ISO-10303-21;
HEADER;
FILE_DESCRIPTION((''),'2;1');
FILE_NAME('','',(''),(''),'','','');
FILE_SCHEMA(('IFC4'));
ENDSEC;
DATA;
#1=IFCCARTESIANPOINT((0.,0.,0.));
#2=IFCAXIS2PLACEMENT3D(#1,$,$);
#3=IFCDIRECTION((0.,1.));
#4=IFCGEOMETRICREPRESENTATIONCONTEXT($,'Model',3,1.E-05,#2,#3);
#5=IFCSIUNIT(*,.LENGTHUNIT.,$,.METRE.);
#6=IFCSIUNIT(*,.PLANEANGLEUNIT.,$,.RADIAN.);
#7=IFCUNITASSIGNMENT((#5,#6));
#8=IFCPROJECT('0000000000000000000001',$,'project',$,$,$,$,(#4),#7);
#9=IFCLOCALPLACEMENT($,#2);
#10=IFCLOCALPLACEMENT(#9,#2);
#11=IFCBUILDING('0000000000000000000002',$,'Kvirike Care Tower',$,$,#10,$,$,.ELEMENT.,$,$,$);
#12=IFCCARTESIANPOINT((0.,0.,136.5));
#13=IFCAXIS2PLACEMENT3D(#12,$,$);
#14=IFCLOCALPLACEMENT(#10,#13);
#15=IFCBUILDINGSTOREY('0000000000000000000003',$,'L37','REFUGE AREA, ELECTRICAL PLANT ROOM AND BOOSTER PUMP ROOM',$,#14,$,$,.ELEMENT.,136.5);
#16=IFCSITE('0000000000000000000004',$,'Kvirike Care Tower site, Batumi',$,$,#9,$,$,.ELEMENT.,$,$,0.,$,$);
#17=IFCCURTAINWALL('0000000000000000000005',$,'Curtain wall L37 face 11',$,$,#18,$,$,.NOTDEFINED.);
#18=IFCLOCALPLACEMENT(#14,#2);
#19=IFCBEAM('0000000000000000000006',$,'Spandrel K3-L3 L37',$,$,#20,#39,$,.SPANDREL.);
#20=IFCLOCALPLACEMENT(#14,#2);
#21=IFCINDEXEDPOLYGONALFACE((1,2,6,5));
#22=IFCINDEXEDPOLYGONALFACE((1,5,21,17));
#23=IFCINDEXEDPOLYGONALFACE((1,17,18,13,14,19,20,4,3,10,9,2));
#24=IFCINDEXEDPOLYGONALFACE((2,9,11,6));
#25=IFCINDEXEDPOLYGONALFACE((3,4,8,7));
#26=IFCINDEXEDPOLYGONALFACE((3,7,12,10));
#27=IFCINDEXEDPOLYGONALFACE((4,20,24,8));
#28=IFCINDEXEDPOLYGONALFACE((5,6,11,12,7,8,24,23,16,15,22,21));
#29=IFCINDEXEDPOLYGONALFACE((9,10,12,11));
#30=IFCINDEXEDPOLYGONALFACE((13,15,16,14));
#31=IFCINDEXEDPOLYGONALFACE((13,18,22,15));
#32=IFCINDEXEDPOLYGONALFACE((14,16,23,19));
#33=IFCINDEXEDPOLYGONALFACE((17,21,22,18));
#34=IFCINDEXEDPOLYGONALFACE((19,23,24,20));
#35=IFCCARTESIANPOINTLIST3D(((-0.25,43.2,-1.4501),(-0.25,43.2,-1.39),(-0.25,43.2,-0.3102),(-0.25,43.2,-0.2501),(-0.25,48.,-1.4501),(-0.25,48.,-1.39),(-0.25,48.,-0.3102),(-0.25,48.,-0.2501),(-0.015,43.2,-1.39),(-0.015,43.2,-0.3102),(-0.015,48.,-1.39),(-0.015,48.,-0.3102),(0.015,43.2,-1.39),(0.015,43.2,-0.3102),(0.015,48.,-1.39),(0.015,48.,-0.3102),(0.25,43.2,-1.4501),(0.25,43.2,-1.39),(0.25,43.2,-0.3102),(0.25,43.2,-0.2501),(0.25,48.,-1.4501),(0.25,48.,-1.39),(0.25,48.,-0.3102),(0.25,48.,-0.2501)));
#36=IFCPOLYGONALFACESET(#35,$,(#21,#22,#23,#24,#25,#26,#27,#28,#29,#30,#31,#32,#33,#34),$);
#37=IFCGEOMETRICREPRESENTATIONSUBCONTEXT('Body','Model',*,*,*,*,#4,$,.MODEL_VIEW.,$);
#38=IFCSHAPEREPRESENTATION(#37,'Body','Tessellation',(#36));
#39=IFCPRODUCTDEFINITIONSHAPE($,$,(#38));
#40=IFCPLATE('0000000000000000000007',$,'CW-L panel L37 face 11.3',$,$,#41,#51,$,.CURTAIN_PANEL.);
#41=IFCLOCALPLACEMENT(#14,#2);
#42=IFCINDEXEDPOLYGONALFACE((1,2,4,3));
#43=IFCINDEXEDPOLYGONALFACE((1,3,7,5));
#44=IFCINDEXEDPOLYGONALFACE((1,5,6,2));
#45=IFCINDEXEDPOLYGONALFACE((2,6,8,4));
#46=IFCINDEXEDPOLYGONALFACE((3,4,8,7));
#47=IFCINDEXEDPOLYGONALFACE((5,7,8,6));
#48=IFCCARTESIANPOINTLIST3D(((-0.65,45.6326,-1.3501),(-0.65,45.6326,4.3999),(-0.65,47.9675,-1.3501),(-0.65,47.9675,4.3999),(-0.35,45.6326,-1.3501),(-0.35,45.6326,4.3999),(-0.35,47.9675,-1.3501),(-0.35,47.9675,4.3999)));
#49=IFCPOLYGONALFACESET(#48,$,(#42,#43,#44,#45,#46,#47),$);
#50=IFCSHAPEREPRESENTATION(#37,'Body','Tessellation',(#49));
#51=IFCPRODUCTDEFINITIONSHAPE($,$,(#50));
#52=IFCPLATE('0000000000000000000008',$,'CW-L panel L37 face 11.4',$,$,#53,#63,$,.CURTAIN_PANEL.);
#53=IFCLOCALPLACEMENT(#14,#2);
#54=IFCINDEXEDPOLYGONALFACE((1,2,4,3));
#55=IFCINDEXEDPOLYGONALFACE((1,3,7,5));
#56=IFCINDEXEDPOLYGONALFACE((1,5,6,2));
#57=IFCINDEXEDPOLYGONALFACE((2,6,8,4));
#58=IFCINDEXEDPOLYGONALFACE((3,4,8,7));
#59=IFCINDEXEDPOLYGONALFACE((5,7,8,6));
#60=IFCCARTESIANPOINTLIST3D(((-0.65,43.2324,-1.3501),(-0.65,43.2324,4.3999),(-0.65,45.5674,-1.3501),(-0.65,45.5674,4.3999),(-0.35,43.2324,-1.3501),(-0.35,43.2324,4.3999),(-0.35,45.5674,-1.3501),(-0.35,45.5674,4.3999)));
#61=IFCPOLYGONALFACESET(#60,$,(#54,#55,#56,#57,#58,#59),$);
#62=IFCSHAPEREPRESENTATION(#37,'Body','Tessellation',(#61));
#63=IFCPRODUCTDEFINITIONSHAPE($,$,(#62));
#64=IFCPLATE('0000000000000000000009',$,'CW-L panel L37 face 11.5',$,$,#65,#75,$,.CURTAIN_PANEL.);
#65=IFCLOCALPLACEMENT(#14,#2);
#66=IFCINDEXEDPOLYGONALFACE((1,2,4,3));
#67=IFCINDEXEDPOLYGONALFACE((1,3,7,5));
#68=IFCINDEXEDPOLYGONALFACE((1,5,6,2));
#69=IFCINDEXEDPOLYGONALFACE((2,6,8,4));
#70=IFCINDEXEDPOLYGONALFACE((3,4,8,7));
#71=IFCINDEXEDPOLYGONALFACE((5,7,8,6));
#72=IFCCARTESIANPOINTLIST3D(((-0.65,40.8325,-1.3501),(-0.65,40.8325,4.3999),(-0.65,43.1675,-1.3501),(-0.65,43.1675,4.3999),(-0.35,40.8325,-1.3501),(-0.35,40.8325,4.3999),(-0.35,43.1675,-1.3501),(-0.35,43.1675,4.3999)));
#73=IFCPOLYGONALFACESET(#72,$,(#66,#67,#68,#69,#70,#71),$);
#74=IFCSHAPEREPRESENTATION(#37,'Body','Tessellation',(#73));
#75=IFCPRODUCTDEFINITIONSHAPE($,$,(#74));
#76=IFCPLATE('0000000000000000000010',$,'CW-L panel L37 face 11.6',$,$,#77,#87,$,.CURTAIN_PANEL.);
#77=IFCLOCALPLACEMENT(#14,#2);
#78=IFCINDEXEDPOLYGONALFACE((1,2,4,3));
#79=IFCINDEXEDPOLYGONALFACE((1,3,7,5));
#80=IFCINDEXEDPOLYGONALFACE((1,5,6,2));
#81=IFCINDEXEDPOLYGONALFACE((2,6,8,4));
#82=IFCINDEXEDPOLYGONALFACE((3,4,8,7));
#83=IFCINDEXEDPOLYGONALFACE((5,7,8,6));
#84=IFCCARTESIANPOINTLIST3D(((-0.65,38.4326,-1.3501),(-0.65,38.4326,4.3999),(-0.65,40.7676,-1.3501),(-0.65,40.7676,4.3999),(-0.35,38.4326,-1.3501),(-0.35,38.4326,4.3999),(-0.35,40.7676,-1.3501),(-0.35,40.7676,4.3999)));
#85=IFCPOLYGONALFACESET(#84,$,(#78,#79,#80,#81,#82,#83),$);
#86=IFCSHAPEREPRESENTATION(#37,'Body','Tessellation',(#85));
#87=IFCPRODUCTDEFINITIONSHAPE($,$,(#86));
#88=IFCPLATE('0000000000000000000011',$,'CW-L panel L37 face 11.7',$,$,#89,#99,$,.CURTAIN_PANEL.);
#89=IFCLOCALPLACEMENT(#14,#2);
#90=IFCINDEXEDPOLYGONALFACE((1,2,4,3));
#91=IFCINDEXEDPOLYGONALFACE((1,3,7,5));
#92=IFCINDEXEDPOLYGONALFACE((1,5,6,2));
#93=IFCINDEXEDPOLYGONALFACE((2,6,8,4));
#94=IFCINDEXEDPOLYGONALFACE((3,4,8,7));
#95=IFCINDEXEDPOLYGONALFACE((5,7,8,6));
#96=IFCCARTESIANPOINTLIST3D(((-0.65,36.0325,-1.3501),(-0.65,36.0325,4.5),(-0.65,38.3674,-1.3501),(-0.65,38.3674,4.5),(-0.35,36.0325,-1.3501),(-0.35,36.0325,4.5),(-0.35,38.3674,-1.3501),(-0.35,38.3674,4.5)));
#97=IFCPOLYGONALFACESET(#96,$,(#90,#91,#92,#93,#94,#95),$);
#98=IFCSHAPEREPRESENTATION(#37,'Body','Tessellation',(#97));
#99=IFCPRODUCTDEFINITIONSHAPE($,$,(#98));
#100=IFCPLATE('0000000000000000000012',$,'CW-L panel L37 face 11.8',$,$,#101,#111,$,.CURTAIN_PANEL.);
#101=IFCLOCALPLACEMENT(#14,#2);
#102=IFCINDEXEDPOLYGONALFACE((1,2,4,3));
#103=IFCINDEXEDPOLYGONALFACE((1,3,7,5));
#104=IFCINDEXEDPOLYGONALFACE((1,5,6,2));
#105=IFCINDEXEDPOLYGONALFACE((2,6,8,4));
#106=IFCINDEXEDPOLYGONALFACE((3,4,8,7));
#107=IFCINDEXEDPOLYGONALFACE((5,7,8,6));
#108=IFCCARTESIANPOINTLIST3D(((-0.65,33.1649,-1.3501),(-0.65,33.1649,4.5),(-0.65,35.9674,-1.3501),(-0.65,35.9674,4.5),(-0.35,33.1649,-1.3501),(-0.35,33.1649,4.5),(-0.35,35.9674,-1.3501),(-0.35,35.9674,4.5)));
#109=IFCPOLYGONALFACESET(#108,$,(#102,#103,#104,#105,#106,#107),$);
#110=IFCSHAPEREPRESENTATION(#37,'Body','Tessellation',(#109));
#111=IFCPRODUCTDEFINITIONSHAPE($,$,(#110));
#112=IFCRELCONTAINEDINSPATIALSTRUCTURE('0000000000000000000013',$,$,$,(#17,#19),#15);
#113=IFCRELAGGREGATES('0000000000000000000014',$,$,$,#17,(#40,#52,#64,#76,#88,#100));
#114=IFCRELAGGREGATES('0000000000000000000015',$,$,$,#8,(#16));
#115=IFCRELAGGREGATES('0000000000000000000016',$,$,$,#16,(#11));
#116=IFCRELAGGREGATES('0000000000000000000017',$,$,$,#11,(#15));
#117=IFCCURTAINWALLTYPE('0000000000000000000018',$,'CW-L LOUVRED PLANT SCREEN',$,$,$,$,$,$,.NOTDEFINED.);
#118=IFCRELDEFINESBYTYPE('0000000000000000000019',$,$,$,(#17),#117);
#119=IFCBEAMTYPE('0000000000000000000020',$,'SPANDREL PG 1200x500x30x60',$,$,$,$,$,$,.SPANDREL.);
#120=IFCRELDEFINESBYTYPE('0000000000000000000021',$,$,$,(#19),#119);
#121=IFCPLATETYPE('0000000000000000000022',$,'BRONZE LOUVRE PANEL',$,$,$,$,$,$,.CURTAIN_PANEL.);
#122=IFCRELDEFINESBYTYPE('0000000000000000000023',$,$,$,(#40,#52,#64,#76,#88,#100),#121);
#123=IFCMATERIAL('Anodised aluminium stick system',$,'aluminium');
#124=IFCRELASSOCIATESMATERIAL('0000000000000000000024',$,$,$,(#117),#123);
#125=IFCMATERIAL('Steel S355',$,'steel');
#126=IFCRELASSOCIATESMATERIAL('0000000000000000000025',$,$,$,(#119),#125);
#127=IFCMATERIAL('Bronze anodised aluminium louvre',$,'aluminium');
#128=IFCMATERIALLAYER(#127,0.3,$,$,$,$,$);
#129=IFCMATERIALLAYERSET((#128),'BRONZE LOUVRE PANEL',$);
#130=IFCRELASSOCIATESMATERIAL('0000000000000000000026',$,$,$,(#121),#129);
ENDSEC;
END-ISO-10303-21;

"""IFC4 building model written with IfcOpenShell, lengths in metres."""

from ifc_helpers import new_model, si_unit, direction, frame, origin, origin_2d, place, context, subcontext, project, spatial, rectangle, i_section, extrude, material, layer, layer_set, material_profile, profile_set, type_object, element, aggregate, save


model = new_model("IFC4")

# Units and contexts
model_context = context("Model", 3, precision=1e-05, world=origin(), true_north=direction((0.0, 1.0)))
body_context = subcontext(model_context, "Body", "Model", "MODEL_VIEW")
ifc_project = project(units=[si_unit("LENGTHUNIT", "METRE"), si_unit("PLANEANGLEUNIT", "RADIAN")], contexts=[model_context])

# Site, building, storey
site_placement = place(None, origin())
site = spatial("IfcSite", under=ifc_project, at=site_placement, Name="Kvirike Care Tower site, Batumi", CompositionType="ELEMENT", RefElevation=0.0)
building_placement = place(site_placement, origin())
building = spatial("IfcBuilding", under=site, at=building_placement, Name="Kvirike Care Tower", CompositionType="ELEMENT")
storey_placement = place(building_placement, frame((0.0, 0.0, 136.5)))
storey = spatial("IfcBuildingStorey", under=building, at=storey_placement, Name="L37", Description="REFUGE AREA, ELECTRICAL PLANT ROOM AND BOOSTER PUMP ROOM", CompositionType="ELEMENT", Elevation=136.5)

# Curtain wall
ifc_material_1 = material(Name="Anodised aluminium stick system", Category="aluminium")
curtain_wall_type = type_object("IfcCurtainWallType", Name="CW-L LOUVRED PLANT SCREEN", PredefinedType="NOTDEFINED", material=ifc_material_1)
curtain_wall_placement = place(storey_placement, origin())
curtain_wall = element("IfcCurtainWall", 1, at=curtain_wall_placement, inside=storey, type_object=curtain_wall_type, Name="Curtain wall L37 face 11", PredefinedType="NOTDEFINED")

# Beam
ifc_material_2 = material(Name="Steel S355", Category="steel")
ifc_material_profile_1 = material_profile(ifc_material_2, i_section(OverallWidth=0.5, OverallDepth=1.2, WebThickness=0.03, FlangeThickness=0.0601, at=origin_2d()), Name="PG 1200x500x30x60")
ifc_profile_set_1 = profile_set([ifc_material_profile_1], Name="Steel S355")
beam_type_1 = type_object("IfcBeamType", Name="SPANDREL PG 1200x500x30x60", PredefinedType="SPANDREL", material=ifc_profile_set_1)
for number, where, z_axis, x_axis, name in (
    (2, (0.0, 43.2, -0.8501), (0.0, 1.0, 0.0), (-1.0, 0.0, 0.0), "Spandrel K3-L3 L37"),
):
    element("IfcBeam", number, at=place(storey_placement, frame(where, z_axis=z_axis, x_axis=x_axis)), inside=storey, type_object=beam_type_1, Name=name, PredefinedType="SPANDREL", context=body_context, shape_type="SweptSolid", body=[
        extrude(i_section(OverallWidth=0.5, OverallDepth=1.2, WebThickness=0.03, FlangeThickness=0.0601, at=origin_2d()), origin(), (0.0, 0.0, 1.0), 4.8),
    ])

# Plates
ifc_material_3 = material(Name="Bronze anodised aluminium louvre", Category="aluminium")
ifc_layer = layer(ifc_material_3, 0.3)
ifc_layer_set = layer_set([ifc_layer], Name="BRONZE LOUVRE PANEL")
plate_type = type_object("IfcPlateType", Name="BRONZE LOUVRE PANEL", PredefinedType="CURTAIN_PANEL", material=ifc_layer_set)
plate_1_placement = place(storey_placement, frame((-0.5, 46.8, -1.3501), z_axis=(0.0, 0.0, 1.0), x_axis=(0.0, -1.0, 0.0)))
plate_1 = element("IfcPlate", 3, at=plate_1_placement, type_object=plate_type, Name="CW-L panel L37 face 11.3", PredefinedType="CURTAIN_PANEL", context=body_context, shape_type="SweptSolid", body=[
    extrude(rectangle(XDim=2.335, YDim=0.3, at=origin_2d()), origin(), (0.0, 0.0, 1.0), 5.75),
])
plate_2_placement = place(storey_placement, frame((-0.5, 44.3999, -1.3501), z_axis=(0.0, 0.0, 1.0), x_axis=(0.0, -1.0, 0.0)))
plate_2 = element("IfcPlate", 4, at=plate_2_placement, type_object=plate_type, Name="CW-L panel L37 face 11.4", PredefinedType="CURTAIN_PANEL", context=body_context, shape_type="SweptSolid", body=[
    extrude(rectangle(XDim=2.335, YDim=0.3, at=origin_2d()), origin(), (0.0, 0.0, 1.0), 5.75),
])
plate_3_placement = place(storey_placement, frame((-0.5, 42.0, -1.3501), z_axis=(0.0, 0.0, 1.0), x_axis=(0.0, -1.0, 0.0)))
plate_3 = element("IfcPlate", 5, at=plate_3_placement, type_object=plate_type, Name="CW-L panel L37 face 11.5", PredefinedType="CURTAIN_PANEL", context=body_context, shape_type="SweptSolid", body=[
    extrude(rectangle(XDim=2.335, YDim=0.3, at=origin_2d()), origin(), (0.0, 0.0, 1.0), 5.75),
])
plate_4_placement = place(storey_placement, frame((-0.5, 39.6001, -1.3501), z_axis=(0.0, 0.0, 1.0), x_axis=(0.0, -1.0, 0.0)))
plate_4 = element("IfcPlate", 6, at=plate_4_placement, type_object=plate_type, Name="CW-L panel L37 face 11.6", PredefinedType="CURTAIN_PANEL", context=body_context, shape_type="SweptSolid", body=[
    extrude(rectangle(XDim=2.335, YDim=0.3, at=origin_2d()), origin(), (0.0, 0.0, 1.0), 5.75),
])
plate_5_placement = place(storey_placement, frame((-0.5, 37.2, -1.3501), z_axis=(0.0, 0.0, 1.0), x_axis=(0.0, -1.0, 0.0)))
plate_5 = element("IfcPlate", 7, at=plate_5_placement, type_object=plate_type, Name="CW-L panel L37 face 11.7", PredefinedType="CURTAIN_PANEL", context=body_context, shape_type="SweptSolid", body=[
    extrude(rectangle(XDim=2.335, YDim=0.3, at=origin_2d()), origin(), (0.0, 0.0, 1.0), 5.8501),
])
plate_6_placement = place(storey_placement, frame((-0.5, 34.5662, -1.3501), z_axis=(0.0, 0.0, 1.0), x_axis=(0.0, -1.0, 0.0)))
plate_6 = element("IfcPlate", 8, at=plate_6_placement, type_object=plate_type, Name="CW-L panel L37 face 11.8", PredefinedType="CURTAIN_PANEL", context=body_context, shape_type="SweptSolid", body=[
    extrude(rectangle(XDim=2.8025, YDim=0.3, at=origin_2d()), origin(), (0.0, 0.0, 1.0), 5.8501),
])
aggregate(curtain_wall, [plate_1, plate_2, plate_3, plate_4, plate_5, plate_6])

save(model, "model.ifc")
